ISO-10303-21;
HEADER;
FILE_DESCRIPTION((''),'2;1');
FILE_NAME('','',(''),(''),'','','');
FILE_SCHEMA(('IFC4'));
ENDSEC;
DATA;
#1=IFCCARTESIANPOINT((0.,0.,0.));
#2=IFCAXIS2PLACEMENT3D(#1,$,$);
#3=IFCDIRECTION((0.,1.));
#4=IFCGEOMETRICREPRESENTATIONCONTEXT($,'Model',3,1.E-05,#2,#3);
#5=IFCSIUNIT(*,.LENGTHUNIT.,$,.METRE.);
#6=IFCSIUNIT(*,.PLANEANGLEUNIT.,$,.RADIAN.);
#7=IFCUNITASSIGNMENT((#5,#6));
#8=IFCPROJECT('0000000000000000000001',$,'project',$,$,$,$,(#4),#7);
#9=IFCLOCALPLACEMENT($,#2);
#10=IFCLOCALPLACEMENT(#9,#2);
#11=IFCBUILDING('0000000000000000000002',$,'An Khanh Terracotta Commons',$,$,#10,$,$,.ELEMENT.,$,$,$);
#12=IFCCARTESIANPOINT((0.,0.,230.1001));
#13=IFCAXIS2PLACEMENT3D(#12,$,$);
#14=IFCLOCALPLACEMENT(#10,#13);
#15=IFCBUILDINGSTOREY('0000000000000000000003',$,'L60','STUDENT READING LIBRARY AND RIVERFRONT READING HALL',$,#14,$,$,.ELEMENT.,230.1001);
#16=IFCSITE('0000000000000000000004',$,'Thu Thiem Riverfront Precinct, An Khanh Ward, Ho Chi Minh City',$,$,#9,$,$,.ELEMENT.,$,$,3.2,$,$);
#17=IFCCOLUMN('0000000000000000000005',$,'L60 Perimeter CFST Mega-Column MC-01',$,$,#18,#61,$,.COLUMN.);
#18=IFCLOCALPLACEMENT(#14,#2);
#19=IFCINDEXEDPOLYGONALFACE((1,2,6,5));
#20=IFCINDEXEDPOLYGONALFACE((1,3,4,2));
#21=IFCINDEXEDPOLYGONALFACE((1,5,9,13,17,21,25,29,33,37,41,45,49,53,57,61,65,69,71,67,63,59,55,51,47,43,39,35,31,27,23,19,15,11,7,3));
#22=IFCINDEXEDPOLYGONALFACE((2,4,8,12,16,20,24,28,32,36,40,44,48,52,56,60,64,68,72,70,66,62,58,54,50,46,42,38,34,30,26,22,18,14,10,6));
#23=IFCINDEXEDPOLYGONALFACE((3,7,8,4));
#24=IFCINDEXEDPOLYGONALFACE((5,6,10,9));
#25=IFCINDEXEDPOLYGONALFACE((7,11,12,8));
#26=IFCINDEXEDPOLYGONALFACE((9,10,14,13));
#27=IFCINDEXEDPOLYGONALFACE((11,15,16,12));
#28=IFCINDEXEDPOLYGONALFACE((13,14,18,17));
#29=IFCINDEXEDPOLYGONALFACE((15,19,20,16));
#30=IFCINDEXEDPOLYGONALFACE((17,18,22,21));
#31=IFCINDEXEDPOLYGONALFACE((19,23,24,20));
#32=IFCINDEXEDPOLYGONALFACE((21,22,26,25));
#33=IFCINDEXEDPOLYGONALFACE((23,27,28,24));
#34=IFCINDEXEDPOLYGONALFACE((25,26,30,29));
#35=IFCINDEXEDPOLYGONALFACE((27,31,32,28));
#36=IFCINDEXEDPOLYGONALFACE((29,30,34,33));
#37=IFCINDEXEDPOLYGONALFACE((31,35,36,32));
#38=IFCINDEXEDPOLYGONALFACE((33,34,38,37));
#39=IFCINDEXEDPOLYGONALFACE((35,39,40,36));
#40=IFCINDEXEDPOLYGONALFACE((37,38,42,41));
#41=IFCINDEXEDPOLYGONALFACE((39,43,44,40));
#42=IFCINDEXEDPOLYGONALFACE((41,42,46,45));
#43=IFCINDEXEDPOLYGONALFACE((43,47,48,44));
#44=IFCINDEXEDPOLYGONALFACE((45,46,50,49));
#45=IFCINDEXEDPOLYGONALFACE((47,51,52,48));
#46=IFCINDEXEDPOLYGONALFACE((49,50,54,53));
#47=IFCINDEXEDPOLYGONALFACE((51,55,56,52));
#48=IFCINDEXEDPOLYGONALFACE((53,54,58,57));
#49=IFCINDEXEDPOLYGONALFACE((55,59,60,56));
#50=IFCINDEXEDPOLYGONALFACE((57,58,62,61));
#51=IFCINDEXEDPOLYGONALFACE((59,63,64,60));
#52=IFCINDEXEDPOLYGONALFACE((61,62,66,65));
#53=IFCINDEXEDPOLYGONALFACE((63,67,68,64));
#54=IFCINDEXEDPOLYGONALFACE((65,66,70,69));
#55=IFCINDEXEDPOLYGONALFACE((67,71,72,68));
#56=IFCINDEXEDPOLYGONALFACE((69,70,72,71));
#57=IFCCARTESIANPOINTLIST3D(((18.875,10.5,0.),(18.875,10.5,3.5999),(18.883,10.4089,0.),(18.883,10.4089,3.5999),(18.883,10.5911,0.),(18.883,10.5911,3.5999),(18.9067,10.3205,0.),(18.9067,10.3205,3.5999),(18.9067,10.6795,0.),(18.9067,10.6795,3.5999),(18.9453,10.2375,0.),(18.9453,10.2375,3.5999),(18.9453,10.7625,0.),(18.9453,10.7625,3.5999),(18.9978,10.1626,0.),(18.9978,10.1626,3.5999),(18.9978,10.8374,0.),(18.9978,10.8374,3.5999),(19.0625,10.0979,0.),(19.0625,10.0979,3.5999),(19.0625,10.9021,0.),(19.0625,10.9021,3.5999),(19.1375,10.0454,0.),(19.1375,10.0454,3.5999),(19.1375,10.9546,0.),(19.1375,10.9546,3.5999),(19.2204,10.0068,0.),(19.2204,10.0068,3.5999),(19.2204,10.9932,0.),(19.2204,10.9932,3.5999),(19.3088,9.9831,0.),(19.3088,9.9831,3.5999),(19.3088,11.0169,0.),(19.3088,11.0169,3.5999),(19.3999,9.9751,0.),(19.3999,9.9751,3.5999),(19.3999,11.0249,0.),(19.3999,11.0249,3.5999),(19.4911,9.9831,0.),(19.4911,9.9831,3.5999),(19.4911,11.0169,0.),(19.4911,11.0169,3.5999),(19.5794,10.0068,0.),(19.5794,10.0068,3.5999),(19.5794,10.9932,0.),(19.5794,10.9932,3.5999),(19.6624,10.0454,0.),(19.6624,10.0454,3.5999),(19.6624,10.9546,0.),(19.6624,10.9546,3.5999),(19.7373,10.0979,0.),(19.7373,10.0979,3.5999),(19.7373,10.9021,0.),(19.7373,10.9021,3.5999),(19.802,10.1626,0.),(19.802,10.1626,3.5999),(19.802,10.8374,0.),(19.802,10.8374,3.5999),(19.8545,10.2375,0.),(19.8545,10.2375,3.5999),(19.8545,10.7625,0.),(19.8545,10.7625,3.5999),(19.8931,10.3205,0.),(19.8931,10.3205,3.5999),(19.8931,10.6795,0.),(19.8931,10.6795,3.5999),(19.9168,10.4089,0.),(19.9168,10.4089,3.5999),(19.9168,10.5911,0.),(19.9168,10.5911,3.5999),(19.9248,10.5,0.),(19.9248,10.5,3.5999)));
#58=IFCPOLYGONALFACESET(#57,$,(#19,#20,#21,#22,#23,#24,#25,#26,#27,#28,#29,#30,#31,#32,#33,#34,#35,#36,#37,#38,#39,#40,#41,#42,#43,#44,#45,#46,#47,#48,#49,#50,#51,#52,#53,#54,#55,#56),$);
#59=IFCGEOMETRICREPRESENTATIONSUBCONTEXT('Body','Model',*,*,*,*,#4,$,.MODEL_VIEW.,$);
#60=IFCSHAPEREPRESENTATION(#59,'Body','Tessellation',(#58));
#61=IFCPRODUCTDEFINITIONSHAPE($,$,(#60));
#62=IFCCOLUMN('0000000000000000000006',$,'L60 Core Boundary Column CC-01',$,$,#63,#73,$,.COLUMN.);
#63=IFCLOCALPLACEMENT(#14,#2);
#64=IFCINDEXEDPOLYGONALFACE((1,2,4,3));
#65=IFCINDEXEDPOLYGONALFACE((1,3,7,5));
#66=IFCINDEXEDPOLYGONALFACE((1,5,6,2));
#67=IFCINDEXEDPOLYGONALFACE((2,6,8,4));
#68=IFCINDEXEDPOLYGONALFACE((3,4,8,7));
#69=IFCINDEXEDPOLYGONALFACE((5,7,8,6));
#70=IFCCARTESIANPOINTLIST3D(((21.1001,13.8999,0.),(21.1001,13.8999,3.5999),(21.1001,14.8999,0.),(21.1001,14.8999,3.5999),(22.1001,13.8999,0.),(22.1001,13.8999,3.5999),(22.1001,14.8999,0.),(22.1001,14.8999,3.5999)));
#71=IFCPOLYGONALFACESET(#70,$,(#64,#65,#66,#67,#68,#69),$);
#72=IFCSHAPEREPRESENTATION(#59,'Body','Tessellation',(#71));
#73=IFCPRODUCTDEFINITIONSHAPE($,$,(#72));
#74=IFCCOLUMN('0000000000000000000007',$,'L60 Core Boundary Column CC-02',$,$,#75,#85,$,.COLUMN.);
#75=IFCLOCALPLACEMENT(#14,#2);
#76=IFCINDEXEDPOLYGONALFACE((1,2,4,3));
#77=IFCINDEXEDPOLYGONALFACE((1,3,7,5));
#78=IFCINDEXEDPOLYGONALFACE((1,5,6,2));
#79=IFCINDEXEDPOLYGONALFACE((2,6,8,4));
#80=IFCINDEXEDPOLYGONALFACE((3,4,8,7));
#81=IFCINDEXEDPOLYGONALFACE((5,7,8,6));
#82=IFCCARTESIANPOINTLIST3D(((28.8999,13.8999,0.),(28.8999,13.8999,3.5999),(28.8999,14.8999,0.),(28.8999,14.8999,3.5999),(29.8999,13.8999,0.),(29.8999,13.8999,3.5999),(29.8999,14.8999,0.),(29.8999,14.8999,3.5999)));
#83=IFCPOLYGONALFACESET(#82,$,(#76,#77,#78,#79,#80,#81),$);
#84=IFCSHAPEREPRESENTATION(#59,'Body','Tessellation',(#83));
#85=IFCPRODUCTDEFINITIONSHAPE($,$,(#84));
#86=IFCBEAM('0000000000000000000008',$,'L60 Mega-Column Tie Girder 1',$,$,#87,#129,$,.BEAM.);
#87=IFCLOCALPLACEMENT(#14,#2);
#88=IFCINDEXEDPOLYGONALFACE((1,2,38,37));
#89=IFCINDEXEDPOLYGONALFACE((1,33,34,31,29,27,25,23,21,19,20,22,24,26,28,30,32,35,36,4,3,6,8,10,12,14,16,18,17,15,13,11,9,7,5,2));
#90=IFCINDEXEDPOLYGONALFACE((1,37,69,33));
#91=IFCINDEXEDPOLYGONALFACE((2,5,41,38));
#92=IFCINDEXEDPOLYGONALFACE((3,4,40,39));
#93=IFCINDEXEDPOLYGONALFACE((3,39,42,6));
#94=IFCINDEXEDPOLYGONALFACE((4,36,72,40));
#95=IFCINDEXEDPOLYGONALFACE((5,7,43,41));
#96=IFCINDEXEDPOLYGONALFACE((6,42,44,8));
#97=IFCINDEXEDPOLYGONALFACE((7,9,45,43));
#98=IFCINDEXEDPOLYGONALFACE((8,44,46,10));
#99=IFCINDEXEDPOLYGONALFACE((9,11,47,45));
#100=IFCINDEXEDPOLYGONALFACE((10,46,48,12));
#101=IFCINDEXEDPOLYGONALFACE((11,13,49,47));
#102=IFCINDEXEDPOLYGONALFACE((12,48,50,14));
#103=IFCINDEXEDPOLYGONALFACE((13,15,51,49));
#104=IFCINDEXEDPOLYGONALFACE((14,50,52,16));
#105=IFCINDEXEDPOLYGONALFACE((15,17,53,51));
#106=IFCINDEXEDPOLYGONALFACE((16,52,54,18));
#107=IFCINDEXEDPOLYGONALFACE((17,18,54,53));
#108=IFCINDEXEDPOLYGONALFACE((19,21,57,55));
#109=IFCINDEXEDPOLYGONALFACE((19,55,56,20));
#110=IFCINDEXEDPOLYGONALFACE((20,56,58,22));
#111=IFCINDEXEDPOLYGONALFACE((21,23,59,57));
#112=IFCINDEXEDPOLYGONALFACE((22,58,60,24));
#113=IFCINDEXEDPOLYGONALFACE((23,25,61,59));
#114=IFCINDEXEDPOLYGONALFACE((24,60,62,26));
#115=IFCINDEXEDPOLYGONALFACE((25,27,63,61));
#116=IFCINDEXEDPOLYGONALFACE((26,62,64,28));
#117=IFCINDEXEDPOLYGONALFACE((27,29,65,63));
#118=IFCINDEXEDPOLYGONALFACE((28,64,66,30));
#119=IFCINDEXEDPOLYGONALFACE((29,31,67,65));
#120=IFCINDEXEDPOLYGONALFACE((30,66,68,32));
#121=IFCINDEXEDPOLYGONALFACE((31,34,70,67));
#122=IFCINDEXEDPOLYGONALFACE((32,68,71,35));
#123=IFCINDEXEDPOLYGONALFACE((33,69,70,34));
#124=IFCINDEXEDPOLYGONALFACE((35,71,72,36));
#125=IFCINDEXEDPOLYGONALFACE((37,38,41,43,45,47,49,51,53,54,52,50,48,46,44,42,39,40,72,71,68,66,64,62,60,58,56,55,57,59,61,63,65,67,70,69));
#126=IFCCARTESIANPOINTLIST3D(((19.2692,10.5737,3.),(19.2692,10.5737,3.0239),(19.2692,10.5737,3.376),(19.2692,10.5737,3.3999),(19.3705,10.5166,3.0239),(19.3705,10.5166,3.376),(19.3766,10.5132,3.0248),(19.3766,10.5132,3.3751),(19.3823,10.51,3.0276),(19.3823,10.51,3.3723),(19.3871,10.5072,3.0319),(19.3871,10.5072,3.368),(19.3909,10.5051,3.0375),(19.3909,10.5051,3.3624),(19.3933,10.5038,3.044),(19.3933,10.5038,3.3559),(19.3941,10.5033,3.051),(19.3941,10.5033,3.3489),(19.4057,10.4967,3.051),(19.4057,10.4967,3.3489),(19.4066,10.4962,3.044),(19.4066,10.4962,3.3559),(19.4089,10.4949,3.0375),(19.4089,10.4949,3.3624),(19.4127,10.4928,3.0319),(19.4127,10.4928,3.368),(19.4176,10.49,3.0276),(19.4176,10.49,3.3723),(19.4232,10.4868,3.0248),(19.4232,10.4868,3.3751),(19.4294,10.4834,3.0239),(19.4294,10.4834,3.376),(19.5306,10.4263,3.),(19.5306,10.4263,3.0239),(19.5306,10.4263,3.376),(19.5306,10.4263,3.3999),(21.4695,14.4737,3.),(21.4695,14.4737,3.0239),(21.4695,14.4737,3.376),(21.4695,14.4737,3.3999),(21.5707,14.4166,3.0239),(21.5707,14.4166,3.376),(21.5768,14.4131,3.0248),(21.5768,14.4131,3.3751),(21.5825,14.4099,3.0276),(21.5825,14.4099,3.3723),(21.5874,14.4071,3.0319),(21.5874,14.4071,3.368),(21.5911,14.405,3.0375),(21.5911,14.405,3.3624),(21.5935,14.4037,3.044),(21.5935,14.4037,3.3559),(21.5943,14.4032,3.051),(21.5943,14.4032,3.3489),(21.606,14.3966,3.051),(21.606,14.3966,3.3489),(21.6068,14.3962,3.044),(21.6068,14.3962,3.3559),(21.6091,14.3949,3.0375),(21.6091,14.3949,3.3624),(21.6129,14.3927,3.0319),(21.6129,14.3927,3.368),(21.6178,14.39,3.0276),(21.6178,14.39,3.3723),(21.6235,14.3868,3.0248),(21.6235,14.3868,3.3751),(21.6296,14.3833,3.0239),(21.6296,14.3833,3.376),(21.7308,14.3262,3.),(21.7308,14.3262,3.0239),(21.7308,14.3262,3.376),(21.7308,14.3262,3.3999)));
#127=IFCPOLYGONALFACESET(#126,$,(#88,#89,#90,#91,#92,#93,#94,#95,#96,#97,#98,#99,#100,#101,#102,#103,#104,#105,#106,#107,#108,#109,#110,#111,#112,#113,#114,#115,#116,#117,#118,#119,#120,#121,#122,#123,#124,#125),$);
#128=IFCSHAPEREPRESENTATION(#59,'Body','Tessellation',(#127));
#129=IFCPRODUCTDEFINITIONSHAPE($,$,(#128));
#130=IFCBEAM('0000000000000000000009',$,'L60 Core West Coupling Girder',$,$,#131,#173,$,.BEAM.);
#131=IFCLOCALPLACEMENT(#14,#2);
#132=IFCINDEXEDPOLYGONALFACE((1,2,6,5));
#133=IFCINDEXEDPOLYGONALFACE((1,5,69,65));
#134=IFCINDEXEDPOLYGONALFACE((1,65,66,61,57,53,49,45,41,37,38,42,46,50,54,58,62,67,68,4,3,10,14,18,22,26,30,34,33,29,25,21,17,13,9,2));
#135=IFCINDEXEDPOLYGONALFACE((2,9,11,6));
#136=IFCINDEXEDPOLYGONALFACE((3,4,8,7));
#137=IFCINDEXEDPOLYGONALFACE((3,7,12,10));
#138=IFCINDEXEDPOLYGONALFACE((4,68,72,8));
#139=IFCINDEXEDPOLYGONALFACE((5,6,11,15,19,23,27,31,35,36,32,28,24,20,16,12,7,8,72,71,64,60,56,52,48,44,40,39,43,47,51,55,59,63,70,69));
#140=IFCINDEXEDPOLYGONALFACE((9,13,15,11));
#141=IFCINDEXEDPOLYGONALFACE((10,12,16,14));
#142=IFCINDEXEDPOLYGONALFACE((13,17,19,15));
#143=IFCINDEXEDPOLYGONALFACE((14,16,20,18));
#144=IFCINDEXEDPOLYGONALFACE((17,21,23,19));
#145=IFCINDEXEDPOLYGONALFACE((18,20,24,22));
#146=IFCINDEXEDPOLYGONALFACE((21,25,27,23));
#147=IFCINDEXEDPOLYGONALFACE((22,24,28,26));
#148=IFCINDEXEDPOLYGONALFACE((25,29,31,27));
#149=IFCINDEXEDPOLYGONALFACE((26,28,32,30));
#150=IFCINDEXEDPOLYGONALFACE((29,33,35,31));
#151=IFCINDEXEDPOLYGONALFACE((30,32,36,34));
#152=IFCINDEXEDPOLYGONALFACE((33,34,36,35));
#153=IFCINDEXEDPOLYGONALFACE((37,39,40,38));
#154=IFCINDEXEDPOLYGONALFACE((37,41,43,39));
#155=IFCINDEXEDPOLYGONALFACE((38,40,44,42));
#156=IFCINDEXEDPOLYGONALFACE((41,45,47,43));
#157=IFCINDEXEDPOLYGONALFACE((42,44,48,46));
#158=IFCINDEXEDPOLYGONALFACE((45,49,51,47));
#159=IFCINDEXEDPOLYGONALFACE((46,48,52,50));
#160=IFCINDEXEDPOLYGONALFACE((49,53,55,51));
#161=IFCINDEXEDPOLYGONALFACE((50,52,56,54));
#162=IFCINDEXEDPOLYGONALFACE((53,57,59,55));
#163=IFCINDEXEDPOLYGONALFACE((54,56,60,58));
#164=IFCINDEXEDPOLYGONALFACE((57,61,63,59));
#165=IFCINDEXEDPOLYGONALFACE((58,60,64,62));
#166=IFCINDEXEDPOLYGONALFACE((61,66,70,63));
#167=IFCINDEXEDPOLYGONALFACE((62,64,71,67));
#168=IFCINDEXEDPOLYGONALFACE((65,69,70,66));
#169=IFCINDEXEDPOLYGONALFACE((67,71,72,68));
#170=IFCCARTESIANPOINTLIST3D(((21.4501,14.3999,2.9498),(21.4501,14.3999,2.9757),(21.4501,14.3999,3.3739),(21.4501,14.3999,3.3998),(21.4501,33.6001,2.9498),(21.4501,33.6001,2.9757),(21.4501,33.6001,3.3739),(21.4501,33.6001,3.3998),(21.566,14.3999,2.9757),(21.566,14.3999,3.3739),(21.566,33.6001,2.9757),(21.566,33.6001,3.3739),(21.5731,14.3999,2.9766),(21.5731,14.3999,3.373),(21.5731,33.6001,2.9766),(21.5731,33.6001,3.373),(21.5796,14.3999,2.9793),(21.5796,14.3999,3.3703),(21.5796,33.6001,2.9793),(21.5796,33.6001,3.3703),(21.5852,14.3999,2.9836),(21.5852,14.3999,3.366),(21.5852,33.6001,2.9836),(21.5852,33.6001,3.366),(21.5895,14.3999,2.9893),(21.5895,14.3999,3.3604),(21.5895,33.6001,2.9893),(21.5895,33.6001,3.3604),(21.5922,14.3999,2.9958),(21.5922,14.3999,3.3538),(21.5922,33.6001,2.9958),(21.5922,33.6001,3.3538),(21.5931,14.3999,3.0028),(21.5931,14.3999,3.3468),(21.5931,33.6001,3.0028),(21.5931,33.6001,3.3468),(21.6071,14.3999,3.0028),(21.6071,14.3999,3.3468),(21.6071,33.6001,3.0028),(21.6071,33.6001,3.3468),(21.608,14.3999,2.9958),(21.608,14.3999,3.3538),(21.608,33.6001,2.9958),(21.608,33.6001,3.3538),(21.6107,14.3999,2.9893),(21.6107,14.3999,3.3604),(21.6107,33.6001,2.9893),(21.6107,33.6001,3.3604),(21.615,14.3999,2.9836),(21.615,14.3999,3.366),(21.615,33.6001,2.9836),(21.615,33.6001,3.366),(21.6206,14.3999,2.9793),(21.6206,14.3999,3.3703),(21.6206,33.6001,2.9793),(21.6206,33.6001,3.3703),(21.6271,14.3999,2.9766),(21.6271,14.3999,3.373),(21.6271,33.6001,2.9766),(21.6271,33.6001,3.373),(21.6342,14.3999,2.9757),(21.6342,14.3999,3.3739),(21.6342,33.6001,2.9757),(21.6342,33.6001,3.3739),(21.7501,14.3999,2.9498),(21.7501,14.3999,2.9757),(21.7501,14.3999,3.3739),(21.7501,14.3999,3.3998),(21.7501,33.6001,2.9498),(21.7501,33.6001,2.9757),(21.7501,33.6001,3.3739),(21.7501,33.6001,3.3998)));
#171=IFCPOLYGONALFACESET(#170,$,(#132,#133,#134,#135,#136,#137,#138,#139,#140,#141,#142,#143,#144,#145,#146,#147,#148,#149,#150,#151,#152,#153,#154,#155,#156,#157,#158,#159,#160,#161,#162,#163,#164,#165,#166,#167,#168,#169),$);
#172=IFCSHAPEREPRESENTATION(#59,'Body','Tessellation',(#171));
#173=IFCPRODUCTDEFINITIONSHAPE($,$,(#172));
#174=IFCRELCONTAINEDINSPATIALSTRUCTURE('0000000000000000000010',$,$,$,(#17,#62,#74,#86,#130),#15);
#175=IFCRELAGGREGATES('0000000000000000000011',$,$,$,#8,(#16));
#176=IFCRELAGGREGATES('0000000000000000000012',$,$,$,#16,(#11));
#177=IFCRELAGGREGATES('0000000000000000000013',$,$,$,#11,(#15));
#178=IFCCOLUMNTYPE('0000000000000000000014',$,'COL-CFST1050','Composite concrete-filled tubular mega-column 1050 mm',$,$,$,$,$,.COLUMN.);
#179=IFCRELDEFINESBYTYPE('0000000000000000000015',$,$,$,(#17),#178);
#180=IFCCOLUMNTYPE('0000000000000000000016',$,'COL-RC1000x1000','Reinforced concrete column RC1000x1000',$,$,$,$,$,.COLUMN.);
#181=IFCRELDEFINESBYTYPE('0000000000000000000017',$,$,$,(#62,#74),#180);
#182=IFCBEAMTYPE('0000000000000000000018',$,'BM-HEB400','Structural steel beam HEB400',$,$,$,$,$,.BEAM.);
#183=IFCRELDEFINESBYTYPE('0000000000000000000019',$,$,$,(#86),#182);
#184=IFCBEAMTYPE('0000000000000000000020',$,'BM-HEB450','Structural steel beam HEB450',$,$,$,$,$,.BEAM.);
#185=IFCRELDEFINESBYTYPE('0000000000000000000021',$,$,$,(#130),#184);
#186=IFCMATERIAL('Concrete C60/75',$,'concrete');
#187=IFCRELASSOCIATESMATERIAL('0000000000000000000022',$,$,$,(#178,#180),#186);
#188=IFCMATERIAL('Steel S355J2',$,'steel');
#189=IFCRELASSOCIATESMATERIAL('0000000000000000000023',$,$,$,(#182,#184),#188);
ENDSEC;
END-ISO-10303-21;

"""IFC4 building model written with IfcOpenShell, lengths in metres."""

from ifc_helpers import new_model, si_unit, direction, frame, origin, origin_2d, place, context, subcontext, project, spatial, rectangle, circle, i_section, extrude, material, material_profile, profile_set, type_object, element, save


model = new_model("IFC4")

# Units and contexts
model_context = context("Model", 3, precision=1e-05, world=origin(), true_north=direction((0.0, 1.0)))
body_context = subcontext(model_context, "Body", "Model", "MODEL_VIEW")
ifc_project = project(units=[si_unit("LENGTHUNIT", "METRE"), si_unit("PLANEANGLEUNIT", "RADIAN")], contexts=[model_context])

# Site, building, storey
site_placement = place(None, origin())
site = spatial("IfcSite", under=ifc_project, at=site_placement, Name="Thu Thiem Riverfront Precinct, An Khanh Ward, Ho Chi Minh City", CompositionType="ELEMENT", RefElevation=3.2)
building_placement = place(site_placement, origin())
building = spatial("IfcBuilding", under=site, at=building_placement, Name="An Khanh Terracotta Commons", CompositionType="ELEMENT")
storey_placement = place(building_placement, frame((0.0, 0.0, 230.1001)))
storey = spatial("IfcBuildingStorey", under=building, at=storey_placement, Name="L60", Description="STUDENT READING LIBRARY AND RIVERFRONT READING HALL", CompositionType="ELEMENT", Elevation=230.1001)

# Columns
ifc_material_1 = material(Name="Concrete C60/75", Category="concrete")
ifc_material_profile_1 = material_profile(ifc_material_1, circle(Radius=0.5249, at=origin_2d()), Name="CFST1050")
ifc_profile_set_1 = profile_set([ifc_material_profile_1], Name="Concrete C60/75")
column_type_1 = type_object("IfcColumnType", Name="COL-CFST1050", Description="Composite concrete-filled tubular mega-column 1050 mm", PredefinedType="COLUMN", material=ifc_profile_set_1)
column_placement = place(storey_placement, frame((19.3999, 10.5, 0.0), z_axis=(0.0, 0.0, 1.0), x_axis=(1.0, 0.0, 0.0)))
element("IfcColumn", 1, at=column_placement, inside=storey, type_object=column_type_1, Name="L60 Perimeter CFST Mega-Column MC-01", PredefinedType="COLUMN", context=body_context, shape_type="SweptSolid", body=[
    extrude(circle(Radius=0.5249, at=origin_2d()), origin(), (0.0, 0.0, 1.0), 3.5999),
])
ifc_material_profile_2 = material_profile(ifc_material_1, rectangle(XDim=1.0, YDim=1.0, at=origin_2d()), Name="RC1000x1000")
ifc_profile_set_2 = profile_set([ifc_material_profile_2], Name="Concrete C60/75")
column_type_2 = type_object("IfcColumnType", Name="COL-RC1000x1000", Description="Reinforced concrete column RC1000x1000", PredefinedType="COLUMN", material=ifc_profile_set_2)
for number, where, z_axis, x_axis, name in (
    (2, (21.6001, 14.3999, 0.0), (0.0, 0.0, 1.0), (1.0, 0.0, 0.0), "L60 Core Boundary Column CC-01"),
    (3, (29.3999, 14.3999, 0.0), (0.0, 0.0, 1.0), (1.0, 0.0, 0.0), "L60 Core Boundary Column CC-02"),
):
    element("IfcColumn", number, at=place(storey_placement, frame(where, z_axis=z_axis, x_axis=x_axis)), inside=storey, type_object=column_type_2, Name=name, PredefinedType="COLUMN", context=body_context, shape_type="SweptSolid", body=[
        extrude(rectangle(XDim=1.0, YDim=1.0, at=origin_2d()), origin(), (0.0, 0.0, 1.0), 3.5999),
    ])

# Beams
ifc_material_2 = material(Name="Steel S355J2", Category="steel")
ifc_material_profile_3 = material_profile(ifc_material_2, i_section(OverallWidth=0.3, OverallDepth=0.3999, WebThickness=0.0134, FlangeThickness=0.0239, FilletRadius=0.0271, at=origin_2d()), Name="HEB400")
ifc_profile_set_3 = profile_set([ifc_material_profile_3], Name="Steel S355J2")
beam_type_1 = type_object("IfcBeamType", Name="BM-HEB400", Description="Structural steel beam HEB400", PredefinedType="BEAM", material=ifc_profile_set_3)
beam_1_placement = place(storey_placement, frame((19.3999, 10.5, 3.2), z_axis=(0.491364, 0.870955, 0.0), x_axis=(-0.870955, 0.491364, 0.0)))
element("IfcBeam", 4, at=beam_1_placement, inside=storey, type_object=beam_type_1, Name="L60 Mega-Column Tie Girder 1", PredefinedType="BEAM", context=body_context, shape_type="SweptSolid", body=[
    extrude(i_section(OverallWidth=0.3, OverallDepth=0.3999, WebThickness=0.0134, FlangeThickness=0.0239, FilletRadius=0.0271, at=origin_2d()), origin(), (0.0, 0.0, 1.0), 4.4778),
])
ifc_material_profile_4 = material_profile(ifc_material_2, i_section(OverallWidth=0.3, OverallDepth=0.45, WebThickness=0.0139, FlangeThickness=0.0259, FilletRadius=0.0271, at=origin_2d()), Name="HEB450")
ifc_profile_set_4 = profile_set([ifc_material_profile_4], Name="Steel S355J2")
beam_type_2 = type_object("IfcBeamType", Name="BM-HEB450", Description="Structural steel beam HEB450", PredefinedType="BEAM", material=ifc_profile_set_4)
beam_2_placement = place(storey_placement, frame((21.6001, 14.3999, 3.1748), z_axis=(0.0, 1.0, 0.0), x_axis=(-1.0, 0.0, 0.0)))
element("IfcBeam", 5, at=beam_2_placement, inside=storey, type_object=beam_type_2, Name="L60 Core West Coupling Girder", PredefinedType="BEAM", context=body_context, shape_type="SweptSolid", body=[
    extrude(i_section(OverallWidth=0.3, OverallDepth=0.45, WebThickness=0.0139, FlangeThickness=0.0259, FilletRadius=0.0271, at=origin_2d()), origin(), (0.0, 0.0, 1.0), 19.2002),
])

save(model, "model.ifc")
